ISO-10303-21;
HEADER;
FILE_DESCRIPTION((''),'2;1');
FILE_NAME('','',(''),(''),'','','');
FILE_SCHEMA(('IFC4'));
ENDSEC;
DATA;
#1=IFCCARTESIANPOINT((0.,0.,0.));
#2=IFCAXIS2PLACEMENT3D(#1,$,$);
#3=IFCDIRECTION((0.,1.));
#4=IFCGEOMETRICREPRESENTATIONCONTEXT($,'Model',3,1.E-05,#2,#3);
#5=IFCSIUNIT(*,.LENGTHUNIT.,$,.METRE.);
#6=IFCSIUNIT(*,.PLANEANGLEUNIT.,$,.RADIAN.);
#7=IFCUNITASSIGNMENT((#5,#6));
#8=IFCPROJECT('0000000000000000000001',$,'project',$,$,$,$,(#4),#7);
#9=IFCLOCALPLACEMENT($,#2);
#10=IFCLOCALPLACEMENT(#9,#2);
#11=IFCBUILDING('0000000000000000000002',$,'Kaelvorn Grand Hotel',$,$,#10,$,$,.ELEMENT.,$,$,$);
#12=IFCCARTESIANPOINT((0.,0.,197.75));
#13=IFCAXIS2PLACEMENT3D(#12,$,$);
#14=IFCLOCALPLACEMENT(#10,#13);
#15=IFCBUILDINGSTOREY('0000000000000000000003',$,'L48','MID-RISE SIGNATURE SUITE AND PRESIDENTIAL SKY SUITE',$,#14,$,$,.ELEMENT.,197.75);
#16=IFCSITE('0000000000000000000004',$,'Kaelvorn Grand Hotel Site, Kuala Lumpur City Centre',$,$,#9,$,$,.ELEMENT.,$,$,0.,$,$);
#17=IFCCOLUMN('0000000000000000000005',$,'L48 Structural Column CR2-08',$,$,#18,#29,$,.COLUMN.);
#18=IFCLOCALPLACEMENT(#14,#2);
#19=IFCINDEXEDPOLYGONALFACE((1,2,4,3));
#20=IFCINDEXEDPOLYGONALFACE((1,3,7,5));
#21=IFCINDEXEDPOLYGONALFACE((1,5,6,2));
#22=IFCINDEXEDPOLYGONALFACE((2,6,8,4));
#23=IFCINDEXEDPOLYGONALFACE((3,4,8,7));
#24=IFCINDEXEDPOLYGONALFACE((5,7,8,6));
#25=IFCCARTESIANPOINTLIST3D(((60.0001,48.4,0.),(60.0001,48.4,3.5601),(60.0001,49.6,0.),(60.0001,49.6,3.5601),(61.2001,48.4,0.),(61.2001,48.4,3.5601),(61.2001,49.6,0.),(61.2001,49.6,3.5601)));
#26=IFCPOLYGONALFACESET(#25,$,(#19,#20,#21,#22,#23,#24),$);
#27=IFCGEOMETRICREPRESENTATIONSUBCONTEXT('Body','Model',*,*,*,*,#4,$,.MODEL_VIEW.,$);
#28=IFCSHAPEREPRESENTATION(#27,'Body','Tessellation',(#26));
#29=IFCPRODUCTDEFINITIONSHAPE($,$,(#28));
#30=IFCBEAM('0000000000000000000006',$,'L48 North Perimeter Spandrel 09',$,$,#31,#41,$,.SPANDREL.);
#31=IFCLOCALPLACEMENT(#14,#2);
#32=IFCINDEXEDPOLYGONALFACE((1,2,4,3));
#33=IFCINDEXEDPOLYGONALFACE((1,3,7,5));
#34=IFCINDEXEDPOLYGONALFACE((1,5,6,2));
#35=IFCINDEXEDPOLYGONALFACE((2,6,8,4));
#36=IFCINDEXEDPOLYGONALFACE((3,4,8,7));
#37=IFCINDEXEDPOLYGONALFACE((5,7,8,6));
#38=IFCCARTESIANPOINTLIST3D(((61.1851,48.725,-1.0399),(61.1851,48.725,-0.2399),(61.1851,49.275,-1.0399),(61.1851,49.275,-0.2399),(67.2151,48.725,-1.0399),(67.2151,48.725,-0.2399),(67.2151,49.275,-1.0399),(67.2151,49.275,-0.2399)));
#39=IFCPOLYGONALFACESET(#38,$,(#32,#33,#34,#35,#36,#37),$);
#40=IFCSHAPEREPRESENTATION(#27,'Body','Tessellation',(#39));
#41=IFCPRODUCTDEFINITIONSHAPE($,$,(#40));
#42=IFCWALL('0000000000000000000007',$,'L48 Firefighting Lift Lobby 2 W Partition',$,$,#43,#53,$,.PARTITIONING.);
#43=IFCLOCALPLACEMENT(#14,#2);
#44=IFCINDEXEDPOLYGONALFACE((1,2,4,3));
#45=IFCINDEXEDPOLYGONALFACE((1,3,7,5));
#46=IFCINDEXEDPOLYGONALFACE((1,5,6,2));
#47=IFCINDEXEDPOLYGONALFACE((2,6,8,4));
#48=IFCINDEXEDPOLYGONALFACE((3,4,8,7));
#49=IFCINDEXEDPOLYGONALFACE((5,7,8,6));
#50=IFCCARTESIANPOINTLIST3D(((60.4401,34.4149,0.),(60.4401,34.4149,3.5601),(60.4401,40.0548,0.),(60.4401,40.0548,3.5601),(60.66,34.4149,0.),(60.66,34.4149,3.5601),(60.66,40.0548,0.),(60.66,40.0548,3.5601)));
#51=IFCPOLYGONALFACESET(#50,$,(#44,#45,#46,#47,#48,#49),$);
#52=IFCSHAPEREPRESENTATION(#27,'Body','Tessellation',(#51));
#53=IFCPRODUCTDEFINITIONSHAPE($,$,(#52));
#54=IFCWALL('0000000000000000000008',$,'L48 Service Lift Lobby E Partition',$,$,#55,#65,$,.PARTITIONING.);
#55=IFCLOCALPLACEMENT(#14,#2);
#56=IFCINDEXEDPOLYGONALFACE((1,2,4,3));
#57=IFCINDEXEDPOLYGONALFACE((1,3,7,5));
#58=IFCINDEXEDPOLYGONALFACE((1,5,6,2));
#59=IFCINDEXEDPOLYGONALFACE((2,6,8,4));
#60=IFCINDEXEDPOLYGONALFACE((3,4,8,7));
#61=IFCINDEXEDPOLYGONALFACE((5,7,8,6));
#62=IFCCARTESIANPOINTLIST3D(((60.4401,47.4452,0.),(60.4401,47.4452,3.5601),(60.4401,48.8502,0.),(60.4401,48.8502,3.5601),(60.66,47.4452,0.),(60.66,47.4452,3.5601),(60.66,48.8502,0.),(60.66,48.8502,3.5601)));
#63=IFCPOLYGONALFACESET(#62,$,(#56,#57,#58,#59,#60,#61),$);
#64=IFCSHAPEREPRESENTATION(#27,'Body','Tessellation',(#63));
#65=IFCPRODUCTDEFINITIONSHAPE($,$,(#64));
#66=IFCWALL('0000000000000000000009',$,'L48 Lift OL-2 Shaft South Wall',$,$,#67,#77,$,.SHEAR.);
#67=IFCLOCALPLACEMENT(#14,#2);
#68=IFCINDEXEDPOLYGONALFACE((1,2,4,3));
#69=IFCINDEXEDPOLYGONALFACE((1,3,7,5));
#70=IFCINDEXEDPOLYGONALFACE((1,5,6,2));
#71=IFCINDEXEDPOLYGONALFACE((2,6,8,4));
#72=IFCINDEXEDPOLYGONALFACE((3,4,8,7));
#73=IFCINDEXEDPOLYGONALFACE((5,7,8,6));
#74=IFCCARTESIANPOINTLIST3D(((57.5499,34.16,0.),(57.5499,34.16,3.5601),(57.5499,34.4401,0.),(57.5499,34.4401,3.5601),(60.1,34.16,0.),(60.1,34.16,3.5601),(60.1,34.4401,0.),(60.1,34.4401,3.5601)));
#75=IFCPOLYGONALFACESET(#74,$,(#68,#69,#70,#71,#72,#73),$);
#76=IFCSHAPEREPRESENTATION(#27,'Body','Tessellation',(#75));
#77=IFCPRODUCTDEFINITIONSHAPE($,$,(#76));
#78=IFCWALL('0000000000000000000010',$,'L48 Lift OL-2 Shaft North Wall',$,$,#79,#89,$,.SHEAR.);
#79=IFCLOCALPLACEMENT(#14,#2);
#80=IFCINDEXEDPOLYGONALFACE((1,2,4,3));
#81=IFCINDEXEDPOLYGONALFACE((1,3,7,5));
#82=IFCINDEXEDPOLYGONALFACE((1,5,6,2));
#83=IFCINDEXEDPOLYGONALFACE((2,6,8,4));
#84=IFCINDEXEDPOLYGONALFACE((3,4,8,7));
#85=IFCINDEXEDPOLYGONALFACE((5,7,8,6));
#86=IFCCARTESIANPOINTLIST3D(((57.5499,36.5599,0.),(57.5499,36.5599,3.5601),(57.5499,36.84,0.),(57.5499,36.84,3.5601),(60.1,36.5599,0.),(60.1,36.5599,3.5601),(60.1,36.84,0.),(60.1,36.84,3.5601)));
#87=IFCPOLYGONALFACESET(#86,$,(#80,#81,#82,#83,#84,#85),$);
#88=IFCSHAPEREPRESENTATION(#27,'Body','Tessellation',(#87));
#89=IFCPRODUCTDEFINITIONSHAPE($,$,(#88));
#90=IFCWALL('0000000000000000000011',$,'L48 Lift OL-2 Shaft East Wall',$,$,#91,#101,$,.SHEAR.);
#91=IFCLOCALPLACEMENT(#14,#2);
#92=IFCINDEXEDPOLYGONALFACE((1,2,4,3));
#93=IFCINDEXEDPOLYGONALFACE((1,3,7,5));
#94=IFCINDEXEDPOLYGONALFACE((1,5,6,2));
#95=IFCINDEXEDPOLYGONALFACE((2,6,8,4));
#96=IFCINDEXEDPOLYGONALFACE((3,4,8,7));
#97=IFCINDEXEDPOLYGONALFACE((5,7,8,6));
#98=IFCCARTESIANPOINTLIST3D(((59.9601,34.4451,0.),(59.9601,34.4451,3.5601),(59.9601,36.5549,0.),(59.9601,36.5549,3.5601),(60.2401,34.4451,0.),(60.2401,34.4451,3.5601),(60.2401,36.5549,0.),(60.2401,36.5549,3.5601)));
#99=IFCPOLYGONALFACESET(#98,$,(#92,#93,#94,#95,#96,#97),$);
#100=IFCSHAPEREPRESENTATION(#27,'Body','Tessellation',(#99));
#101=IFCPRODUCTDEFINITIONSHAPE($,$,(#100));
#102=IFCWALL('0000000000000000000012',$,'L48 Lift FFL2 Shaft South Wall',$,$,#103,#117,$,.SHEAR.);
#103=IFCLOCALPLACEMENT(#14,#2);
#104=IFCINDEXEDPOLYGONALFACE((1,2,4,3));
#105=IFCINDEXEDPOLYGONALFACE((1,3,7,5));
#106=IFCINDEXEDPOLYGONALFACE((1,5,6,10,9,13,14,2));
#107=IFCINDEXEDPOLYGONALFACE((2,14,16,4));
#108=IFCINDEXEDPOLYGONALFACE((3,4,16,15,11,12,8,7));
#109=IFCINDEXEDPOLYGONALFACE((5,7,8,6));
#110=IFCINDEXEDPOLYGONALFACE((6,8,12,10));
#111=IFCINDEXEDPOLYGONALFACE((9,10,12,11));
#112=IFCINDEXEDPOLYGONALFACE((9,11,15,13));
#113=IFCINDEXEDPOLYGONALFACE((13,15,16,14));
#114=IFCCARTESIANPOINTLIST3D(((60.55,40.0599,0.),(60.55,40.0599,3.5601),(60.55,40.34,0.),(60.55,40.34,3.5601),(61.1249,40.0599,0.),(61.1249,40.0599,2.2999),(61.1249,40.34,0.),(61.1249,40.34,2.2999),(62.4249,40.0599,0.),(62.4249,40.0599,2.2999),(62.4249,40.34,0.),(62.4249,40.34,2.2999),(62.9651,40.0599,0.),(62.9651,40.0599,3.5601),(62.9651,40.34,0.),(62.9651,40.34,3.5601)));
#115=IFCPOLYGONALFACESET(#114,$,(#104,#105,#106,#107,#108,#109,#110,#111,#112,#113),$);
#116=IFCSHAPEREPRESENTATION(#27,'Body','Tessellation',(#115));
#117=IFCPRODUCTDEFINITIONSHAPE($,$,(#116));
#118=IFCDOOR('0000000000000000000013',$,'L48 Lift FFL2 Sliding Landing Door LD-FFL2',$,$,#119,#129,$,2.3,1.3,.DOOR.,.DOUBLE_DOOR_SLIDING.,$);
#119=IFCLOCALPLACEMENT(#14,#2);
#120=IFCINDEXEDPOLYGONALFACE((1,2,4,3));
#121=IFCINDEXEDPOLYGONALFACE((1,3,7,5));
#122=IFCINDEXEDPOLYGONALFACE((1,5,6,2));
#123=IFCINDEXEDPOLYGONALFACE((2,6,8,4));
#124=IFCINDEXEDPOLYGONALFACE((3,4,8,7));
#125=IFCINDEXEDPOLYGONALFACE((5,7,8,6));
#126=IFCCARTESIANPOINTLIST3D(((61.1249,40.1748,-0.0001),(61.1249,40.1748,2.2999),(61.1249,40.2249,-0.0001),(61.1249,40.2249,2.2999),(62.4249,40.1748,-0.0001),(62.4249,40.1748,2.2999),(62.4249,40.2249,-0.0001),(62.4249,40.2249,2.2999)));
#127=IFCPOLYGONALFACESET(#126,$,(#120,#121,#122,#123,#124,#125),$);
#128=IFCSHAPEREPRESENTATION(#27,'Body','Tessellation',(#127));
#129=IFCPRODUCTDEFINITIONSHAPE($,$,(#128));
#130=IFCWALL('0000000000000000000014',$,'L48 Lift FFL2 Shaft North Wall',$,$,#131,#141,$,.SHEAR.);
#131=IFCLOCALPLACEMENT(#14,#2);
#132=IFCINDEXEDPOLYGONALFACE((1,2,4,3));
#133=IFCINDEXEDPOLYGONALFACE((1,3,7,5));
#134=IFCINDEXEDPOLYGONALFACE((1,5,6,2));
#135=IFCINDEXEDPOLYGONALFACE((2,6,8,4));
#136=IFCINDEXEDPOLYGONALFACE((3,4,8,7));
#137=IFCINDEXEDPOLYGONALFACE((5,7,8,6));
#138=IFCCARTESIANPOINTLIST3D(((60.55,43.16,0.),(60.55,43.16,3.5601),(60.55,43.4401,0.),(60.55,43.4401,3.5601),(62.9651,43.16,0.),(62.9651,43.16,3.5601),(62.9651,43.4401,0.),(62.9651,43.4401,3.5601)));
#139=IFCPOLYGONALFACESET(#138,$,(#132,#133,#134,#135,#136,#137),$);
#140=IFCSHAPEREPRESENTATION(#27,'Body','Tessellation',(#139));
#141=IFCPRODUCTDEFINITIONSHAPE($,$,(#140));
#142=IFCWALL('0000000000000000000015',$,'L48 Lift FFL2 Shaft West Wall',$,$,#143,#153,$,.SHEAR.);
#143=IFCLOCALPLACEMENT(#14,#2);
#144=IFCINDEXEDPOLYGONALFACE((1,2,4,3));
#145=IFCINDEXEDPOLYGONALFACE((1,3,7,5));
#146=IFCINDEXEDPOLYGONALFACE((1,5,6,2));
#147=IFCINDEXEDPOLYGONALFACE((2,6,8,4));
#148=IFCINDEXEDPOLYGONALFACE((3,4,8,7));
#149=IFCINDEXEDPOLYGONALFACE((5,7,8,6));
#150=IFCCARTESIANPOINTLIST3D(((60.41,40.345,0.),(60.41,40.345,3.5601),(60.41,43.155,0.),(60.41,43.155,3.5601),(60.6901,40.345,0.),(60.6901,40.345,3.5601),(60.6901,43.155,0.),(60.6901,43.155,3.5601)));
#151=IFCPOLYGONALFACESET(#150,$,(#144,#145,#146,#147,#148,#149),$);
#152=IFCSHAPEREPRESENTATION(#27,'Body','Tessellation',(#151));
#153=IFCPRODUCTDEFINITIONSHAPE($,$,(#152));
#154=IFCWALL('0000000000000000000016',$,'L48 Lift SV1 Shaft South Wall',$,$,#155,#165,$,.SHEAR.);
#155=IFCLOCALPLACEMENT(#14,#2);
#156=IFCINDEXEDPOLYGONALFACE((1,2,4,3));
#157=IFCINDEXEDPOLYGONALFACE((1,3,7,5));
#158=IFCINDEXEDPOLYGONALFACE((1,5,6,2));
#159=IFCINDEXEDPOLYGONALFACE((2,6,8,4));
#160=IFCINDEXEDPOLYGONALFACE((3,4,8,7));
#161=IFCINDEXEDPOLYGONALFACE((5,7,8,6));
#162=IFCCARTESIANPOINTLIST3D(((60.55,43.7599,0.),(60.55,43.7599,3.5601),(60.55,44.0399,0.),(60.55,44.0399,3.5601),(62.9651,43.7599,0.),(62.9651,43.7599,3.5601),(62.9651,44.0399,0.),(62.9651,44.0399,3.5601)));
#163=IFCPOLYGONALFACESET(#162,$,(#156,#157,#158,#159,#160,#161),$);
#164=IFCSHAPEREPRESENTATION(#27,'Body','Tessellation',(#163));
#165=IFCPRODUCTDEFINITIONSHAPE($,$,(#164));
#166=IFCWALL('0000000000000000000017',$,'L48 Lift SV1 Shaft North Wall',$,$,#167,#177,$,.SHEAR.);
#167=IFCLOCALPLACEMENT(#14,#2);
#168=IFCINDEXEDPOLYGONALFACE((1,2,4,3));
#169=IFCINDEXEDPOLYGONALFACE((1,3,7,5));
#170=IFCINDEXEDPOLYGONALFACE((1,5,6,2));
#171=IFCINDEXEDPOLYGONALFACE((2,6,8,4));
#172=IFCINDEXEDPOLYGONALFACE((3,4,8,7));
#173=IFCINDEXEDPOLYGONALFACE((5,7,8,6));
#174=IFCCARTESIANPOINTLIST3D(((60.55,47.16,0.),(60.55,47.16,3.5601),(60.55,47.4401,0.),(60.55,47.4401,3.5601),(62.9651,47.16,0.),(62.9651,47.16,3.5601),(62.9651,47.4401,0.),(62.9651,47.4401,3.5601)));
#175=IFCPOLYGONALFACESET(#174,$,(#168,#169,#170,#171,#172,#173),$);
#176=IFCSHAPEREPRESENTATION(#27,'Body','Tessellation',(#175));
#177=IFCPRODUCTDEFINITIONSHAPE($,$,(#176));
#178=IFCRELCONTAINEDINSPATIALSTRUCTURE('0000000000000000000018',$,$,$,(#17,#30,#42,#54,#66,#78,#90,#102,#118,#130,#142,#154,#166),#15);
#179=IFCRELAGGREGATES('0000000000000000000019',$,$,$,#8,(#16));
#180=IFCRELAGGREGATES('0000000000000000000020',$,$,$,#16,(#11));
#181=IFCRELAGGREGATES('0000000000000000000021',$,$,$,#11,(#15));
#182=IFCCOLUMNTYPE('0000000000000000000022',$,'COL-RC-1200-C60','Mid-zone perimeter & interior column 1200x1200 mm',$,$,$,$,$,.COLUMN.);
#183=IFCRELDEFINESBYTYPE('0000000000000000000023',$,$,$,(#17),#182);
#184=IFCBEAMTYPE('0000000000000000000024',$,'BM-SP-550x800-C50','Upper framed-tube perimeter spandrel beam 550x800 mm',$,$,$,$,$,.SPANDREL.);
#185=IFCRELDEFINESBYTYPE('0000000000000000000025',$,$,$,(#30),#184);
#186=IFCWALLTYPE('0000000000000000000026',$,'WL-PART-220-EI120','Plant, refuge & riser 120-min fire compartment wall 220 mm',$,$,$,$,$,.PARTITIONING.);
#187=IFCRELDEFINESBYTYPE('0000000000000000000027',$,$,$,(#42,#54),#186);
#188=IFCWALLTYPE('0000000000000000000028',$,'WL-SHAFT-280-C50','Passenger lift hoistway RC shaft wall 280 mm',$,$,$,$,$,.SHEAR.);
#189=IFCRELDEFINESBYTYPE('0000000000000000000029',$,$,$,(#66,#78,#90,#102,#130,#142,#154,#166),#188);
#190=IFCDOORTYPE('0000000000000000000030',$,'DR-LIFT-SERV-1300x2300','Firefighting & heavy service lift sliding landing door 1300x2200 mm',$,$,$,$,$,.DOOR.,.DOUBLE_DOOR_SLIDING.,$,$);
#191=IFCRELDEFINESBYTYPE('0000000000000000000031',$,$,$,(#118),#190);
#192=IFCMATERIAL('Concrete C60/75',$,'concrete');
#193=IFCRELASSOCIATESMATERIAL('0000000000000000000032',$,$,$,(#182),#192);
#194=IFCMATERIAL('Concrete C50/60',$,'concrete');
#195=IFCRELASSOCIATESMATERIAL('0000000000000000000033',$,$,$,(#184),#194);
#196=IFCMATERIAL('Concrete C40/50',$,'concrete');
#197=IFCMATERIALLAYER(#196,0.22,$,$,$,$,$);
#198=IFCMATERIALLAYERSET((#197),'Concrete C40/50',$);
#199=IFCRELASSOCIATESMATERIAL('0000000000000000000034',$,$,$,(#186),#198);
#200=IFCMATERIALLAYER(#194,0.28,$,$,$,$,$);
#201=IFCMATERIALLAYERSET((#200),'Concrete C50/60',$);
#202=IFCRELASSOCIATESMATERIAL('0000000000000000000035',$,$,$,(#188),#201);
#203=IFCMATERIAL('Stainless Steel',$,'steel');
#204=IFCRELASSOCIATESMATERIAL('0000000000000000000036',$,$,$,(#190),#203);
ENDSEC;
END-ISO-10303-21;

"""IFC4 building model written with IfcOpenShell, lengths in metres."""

from ifc_helpers import new_model, si_unit, direction, frame, frame_2d, origin, origin_2d, place, context, subcontext, project, spatial, rectangle, extrude, material, layer, layer_set, material_profile, profile_set, type_object, element, fill, save


model = new_model("IFC4")

# Units and contexts
model_context = context("Model", 3, precision=1e-05, world=origin(), true_north=direction((0.0, 1.0)))
body_context = subcontext(model_context, "Body", "Model", "MODEL_VIEW")
ifc_project = project(units=[si_unit("LENGTHUNIT", "METRE"), si_unit("PLANEANGLEUNIT", "RADIAN")], contexts=[model_context])

# Site, building, storey
site_placement = place(None, origin())
site = spatial("IfcSite", under=ifc_project, at=site_placement, Name="Kaelvorn Grand Hotel Site, Kuala Lumpur City Centre", CompositionType="ELEMENT", RefElevation=0.0)
building_placement = place(site_placement, origin())
building = spatial("IfcBuilding", under=site, at=building_placement, Name="Kaelvorn Grand Hotel", CompositionType="ELEMENT")
storey_placement = place(building_placement, frame((0.0, 0.0, 197.75)))
storey = spatial("IfcBuildingStorey", under=building, at=storey_placement, Name="L48", Description="MID-RISE SIGNATURE SUITE AND PRESIDENTIAL SKY SUITE", CompositionType="ELEMENT", Elevation=197.75)

# Column
ifc_material_1 = material(Name="Concrete C60/75", Category="concrete")
ifc_material_profile_1 = material_profile(ifc_material_1, rectangle(XDim=1.2, YDim=1.2, at=origin_2d()), Name="RC COL 1200x1200")
ifc_profile_set_1 = profile_set([ifc_material_profile_1], Name="Concrete C60/75")
column_type = type_object("IfcColumnType", Name="COL-RC-1200-C60", Description="Mid-zone perimeter & interior column 1200x1200 mm", PredefinedType="COLUMN", material=ifc_profile_set_1)
column_placement = place(storey_placement, frame((60.6001, 49.0, 0.0), z_axis=(0.0, 0.0, 1.0), x_axis=(1.0, 0.0, 0.0)))
element("IfcColumn", 1, at=column_placement, inside=storey, type_object=column_type, Name="L48 Structural Column CR2-08", PredefinedType="COLUMN", context=body_context, shape_type="SweptSolid", body=[
    extrude(rectangle(XDim=1.2, YDim=1.2, at=origin_2d()), origin(), (0.0, 0.0, 1.0), 3.5601),
])

# Beam
ifc_material_2 = material(Name="Concrete C50/60", Category="concrete")
ifc_material_profile_2 = material_profile(ifc_material_2, rectangle(XDim=0.55, YDim=0.8, at=origin_2d()), Name="RC SPANDREL 550x800")
ifc_profile_set_2 = profile_set([ifc_material_profile_2], Name="Concrete C50/60")
beam_type = type_object("IfcBeamType", Name="BM-SP-550x800-C50", Description="Upper framed-tube perimeter spandrel beam 550x800 mm", PredefinedType="SPANDREL", material=ifc_profile_set_2)
beam_placement = place(storey_placement, frame((61.1851, 49.0, -0.6399), z_axis=(1.0, 0.0, 0.0), x_axis=(0.0, 1.0, 0.0)))
element("IfcBeam", 2, at=beam_placement, inside=storey, type_object=beam_type, Name="L48 North Perimeter Spandrel 09", PredefinedType="SPANDREL", context=body_context, shape_type="SweptSolid", body=[
    extrude(rectangle(XDim=0.55, YDim=0.8, at=origin_2d()), origin(), (0.0, 0.0, 1.0), 6.03),
])

# Shared definitions
ifc_material_3 = material(Name="Concrete C40/50", Category="concrete")
ifc_layer_1 = layer(ifc_material_3, 0.22)
ifc_layer_set_1 = layer_set([ifc_layer_1], Name="Concrete C40/50")
wall_type_1 = type_object("IfcWallType", Name="WL-PART-220-EI120", Description="Plant, refuge & riser 120-min fire compartment wall 220 mm", PredefinedType="PARTITIONING", material=ifc_layer_set_1)

# Walls
wall_1_placement = place(storey_placement, frame((60.55, 34.415, 0.0), z_axis=(0.0, 0.0, 1.0), x_axis=(0.0, 1.0, 0.0)))
element("IfcWall", 3, at=wall_1_placement, inside=storey, type_object=wall_type_1, Name="L48 Firefighting Lift Lobby 2 W Partition", PredefinedType="PARTITIONING", context=body_context, shape_type="SweptSolid", body=[
    extrude(rectangle(XDim=5.6399, YDim=0.22, at=frame_2d((2.8198, 0.0))), origin(), (0.0, 0.0, 1.0), 3.5601),
])
wall_2_placement = place(storey_placement, frame((60.55, 47.4451, 0.0), z_axis=(0.0, 0.0, 1.0), x_axis=(0.0, 1.0, 0.0)))
element("IfcWall", 4, at=wall_2_placement, inside=storey, type_object=wall_type_1, Name="L48 Service Lift Lobby E Partition", PredefinedType="PARTITIONING", context=body_context, shape_type="SweptSolid", body=[
    extrude(rectangle(XDim=1.405, YDim=0.22, at=frame_2d((0.7026, 0.0))), origin(), (0.0, 0.0, 1.0), 3.5601),
])
ifc_layer_2 = layer(ifc_material_2, 0.28)
ifc_layer_set_2 = layer_set([ifc_layer_2], Name="Concrete C50/60")
wall_type_2 = type_object("IfcWallType", Name="WL-SHAFT-280-C50", Description="Passenger lift hoistway RC shaft wall 280 mm", PredefinedType="SHEAR", material=ifc_layer_set_2)
for number, where, z_axis, x_axis, name in (
    (5, (57.55, 34.3, 0.0), (0.0, 0.0, 1.0), (1.0, 0.0, 0.0), "L48 Lift OL-2 Shaft South Wall"),
    (6, (57.55, 36.7, 0.0), (0.0, 0.0, 1.0), (1.0, 0.0, 0.0), "L48 Lift OL-2 Shaft North Wall"),
):
    element("IfcWall", number, at=place(storey_placement, frame(where, z_axis=z_axis, x_axis=x_axis)), inside=storey, type_object=wall_type_2, Name=name, PredefinedType="SHEAR", context=body_context, shape_type="SweptSolid", body=[
        extrude(rectangle(XDim=2.55, YDim=0.28, at=frame_2d((1.2749, 0.0))), origin(), (0.0, 0.0, 1.0), 3.5601),
    ])
wall_3_placement = place(storey_placement, frame((60.1001, 34.4451, 0.0), z_axis=(0.0, 0.0, 1.0), x_axis=(0.0, 1.0, 0.0)))
element("IfcWall", 7, at=wall_3_placement, inside=storey, type_object=wall_type_2, Name="L48 Lift OL-2 Shaft East Wall", PredefinedType="SHEAR", context=body_context, shape_type="SweptSolid", body=[
    extrude(rectangle(XDim=2.1099, YDim=0.28, at=frame_2d((1.0549, 0.0))), origin(), (0.0, 0.0, 1.0), 3.5601),
])

# Wall, opening, door
wall_4_placement = place(storey_placement, frame((60.55, 40.2, 0.0), z_axis=(0.0, 0.0, 1.0), x_axis=(1.0, 0.0, 0.0)))
wall_4 = element("IfcWall", 8, at=wall_4_placement, inside=storey, type_object=wall_type_2, Name="L48 Lift FFL2 Shaft South Wall", PredefinedType="SHEAR", context=body_context, shape_type="SweptSolid", body=[
    extrude(rectangle(XDim=2.415, YDim=0.28, at=frame_2d((1.2075, 0.0))), origin(), (0.0, 0.0, 1.0), 3.5601),
])
opening_1_placement = place(wall_4_placement, frame((0.575, 0.0, 0.0)))
opening_1 = element("IfcOpeningElement", 9, at=opening_1_placement, cuts=wall_4, PredefinedType="OPENING", context=body_context, shape_type="SweptSolid", body=[
    extrude(rectangle(XDim=1.3, YDim=2.3, at=frame_2d((0.6499, 1.1499))), frame((0.0, 0.1499, 0.0), z_axis=(0.0, -1.0, 0.0), x_axis=(1.0, 0.0, 0.0)), (0.0, 0.0, 1.0), 0.3),
])
ifc_material_4 = material(Name="Stainless Steel", Category="steel")
door_type_1 = type_object("IfcDoorType", Name="DR-LIFT-SERV-1300x2300", Description="Firefighting & heavy service lift sliding landing door 1300x2200 mm", OperationType="DOUBLE_DOOR_SLIDING", PredefinedType="DOOR", material=ifc_material_4)
door_1_placement = place(opening_1_placement, origin())
door_1 = element("IfcDoor", 10, at=door_1_placement, inside=storey, type_object=door_type_1, Name="L48 Lift FFL2 Sliding Landing Door LD-FFL2", OperationType="DOUBLE_DOOR_SLIDING", OverallHeight=2.3, OverallWidth=1.3, PredefinedType="DOOR", context=body_context, shape_type="SweptSolid", body=[
    extrude(rectangle(XDim=1.3, YDim=2.3, at=frame_2d((0.6499, 1.1499))), frame((0.0, 0.0249, 0.0), z_axis=(0.0, -1.0, 0.0), x_axis=(1.0, 0.0, 0.0)), (0.0, 0.0, 1.0), 0.05),
])
fill(opening_1, door_1)

# Walls
wall_5_placement = place(storey_placement, frame((60.55, 43.3, 0.0), z_axis=(0.0, 0.0, 1.0), x_axis=(1.0, 0.0, 0.0)))
element("IfcWall", 11, at=wall_5_placement, inside=storey, type_object=wall_type_2, Name="L48 Lift FFL2 Shaft North Wall", PredefinedType="SHEAR", context=body_context, shape_type="SweptSolid", body=[
    extrude(rectangle(XDim=2.415, YDim=0.28, at=frame_2d((1.2075, 0.0))), origin(), (0.0, 0.0, 1.0), 3.5601),
])
wall_6_placement = place(storey_placement, frame((60.55, 40.345, 0.0), z_axis=(0.0, 0.0, 1.0), x_axis=(0.0, 1.0, 0.0)))
element("IfcWall", 12, at=wall_6_placement, inside=storey, type_object=wall_type_2, Name="L48 Lift FFL2 Shaft West Wall", PredefinedType="SHEAR", context=body_context, shape_type="SweptSolid", body=[
    extrude(rectangle(XDim=2.8101, YDim=0.28, at=frame_2d((1.405, 0.0))), origin(), (0.0, 0.0, 1.0), 3.5601),
])
for number, where, z_axis, x_axis, name in (
    (13, (60.55, 43.8999, 0.0), (0.0, 0.0, 1.0), (1.0, 0.0, 0.0), "L48 Lift SV1 Shaft South Wall"),
    (14, (60.55, 47.3, 0.0), (0.0, 0.0, 1.0), (1.0, 0.0, 0.0), "L48 Lift SV1 Shaft North Wall"),
):
    element("IfcWall", number, at=place(storey_placement, frame(where, z_axis=z_axis, x_axis=x_axis)), inside=storey, type_object=wall_type_2, Name=name, PredefinedType="SHEAR", context=body_context, shape_type="SweptSolid", body=[
        extrude(rectangle(XDim=2.415, YDim=0.28, at=frame_2d((1.2075, 0.0))), origin(), (0.0, 0.0, 1.0), 3.5601),
    ])

save(model, "model.ifc")
